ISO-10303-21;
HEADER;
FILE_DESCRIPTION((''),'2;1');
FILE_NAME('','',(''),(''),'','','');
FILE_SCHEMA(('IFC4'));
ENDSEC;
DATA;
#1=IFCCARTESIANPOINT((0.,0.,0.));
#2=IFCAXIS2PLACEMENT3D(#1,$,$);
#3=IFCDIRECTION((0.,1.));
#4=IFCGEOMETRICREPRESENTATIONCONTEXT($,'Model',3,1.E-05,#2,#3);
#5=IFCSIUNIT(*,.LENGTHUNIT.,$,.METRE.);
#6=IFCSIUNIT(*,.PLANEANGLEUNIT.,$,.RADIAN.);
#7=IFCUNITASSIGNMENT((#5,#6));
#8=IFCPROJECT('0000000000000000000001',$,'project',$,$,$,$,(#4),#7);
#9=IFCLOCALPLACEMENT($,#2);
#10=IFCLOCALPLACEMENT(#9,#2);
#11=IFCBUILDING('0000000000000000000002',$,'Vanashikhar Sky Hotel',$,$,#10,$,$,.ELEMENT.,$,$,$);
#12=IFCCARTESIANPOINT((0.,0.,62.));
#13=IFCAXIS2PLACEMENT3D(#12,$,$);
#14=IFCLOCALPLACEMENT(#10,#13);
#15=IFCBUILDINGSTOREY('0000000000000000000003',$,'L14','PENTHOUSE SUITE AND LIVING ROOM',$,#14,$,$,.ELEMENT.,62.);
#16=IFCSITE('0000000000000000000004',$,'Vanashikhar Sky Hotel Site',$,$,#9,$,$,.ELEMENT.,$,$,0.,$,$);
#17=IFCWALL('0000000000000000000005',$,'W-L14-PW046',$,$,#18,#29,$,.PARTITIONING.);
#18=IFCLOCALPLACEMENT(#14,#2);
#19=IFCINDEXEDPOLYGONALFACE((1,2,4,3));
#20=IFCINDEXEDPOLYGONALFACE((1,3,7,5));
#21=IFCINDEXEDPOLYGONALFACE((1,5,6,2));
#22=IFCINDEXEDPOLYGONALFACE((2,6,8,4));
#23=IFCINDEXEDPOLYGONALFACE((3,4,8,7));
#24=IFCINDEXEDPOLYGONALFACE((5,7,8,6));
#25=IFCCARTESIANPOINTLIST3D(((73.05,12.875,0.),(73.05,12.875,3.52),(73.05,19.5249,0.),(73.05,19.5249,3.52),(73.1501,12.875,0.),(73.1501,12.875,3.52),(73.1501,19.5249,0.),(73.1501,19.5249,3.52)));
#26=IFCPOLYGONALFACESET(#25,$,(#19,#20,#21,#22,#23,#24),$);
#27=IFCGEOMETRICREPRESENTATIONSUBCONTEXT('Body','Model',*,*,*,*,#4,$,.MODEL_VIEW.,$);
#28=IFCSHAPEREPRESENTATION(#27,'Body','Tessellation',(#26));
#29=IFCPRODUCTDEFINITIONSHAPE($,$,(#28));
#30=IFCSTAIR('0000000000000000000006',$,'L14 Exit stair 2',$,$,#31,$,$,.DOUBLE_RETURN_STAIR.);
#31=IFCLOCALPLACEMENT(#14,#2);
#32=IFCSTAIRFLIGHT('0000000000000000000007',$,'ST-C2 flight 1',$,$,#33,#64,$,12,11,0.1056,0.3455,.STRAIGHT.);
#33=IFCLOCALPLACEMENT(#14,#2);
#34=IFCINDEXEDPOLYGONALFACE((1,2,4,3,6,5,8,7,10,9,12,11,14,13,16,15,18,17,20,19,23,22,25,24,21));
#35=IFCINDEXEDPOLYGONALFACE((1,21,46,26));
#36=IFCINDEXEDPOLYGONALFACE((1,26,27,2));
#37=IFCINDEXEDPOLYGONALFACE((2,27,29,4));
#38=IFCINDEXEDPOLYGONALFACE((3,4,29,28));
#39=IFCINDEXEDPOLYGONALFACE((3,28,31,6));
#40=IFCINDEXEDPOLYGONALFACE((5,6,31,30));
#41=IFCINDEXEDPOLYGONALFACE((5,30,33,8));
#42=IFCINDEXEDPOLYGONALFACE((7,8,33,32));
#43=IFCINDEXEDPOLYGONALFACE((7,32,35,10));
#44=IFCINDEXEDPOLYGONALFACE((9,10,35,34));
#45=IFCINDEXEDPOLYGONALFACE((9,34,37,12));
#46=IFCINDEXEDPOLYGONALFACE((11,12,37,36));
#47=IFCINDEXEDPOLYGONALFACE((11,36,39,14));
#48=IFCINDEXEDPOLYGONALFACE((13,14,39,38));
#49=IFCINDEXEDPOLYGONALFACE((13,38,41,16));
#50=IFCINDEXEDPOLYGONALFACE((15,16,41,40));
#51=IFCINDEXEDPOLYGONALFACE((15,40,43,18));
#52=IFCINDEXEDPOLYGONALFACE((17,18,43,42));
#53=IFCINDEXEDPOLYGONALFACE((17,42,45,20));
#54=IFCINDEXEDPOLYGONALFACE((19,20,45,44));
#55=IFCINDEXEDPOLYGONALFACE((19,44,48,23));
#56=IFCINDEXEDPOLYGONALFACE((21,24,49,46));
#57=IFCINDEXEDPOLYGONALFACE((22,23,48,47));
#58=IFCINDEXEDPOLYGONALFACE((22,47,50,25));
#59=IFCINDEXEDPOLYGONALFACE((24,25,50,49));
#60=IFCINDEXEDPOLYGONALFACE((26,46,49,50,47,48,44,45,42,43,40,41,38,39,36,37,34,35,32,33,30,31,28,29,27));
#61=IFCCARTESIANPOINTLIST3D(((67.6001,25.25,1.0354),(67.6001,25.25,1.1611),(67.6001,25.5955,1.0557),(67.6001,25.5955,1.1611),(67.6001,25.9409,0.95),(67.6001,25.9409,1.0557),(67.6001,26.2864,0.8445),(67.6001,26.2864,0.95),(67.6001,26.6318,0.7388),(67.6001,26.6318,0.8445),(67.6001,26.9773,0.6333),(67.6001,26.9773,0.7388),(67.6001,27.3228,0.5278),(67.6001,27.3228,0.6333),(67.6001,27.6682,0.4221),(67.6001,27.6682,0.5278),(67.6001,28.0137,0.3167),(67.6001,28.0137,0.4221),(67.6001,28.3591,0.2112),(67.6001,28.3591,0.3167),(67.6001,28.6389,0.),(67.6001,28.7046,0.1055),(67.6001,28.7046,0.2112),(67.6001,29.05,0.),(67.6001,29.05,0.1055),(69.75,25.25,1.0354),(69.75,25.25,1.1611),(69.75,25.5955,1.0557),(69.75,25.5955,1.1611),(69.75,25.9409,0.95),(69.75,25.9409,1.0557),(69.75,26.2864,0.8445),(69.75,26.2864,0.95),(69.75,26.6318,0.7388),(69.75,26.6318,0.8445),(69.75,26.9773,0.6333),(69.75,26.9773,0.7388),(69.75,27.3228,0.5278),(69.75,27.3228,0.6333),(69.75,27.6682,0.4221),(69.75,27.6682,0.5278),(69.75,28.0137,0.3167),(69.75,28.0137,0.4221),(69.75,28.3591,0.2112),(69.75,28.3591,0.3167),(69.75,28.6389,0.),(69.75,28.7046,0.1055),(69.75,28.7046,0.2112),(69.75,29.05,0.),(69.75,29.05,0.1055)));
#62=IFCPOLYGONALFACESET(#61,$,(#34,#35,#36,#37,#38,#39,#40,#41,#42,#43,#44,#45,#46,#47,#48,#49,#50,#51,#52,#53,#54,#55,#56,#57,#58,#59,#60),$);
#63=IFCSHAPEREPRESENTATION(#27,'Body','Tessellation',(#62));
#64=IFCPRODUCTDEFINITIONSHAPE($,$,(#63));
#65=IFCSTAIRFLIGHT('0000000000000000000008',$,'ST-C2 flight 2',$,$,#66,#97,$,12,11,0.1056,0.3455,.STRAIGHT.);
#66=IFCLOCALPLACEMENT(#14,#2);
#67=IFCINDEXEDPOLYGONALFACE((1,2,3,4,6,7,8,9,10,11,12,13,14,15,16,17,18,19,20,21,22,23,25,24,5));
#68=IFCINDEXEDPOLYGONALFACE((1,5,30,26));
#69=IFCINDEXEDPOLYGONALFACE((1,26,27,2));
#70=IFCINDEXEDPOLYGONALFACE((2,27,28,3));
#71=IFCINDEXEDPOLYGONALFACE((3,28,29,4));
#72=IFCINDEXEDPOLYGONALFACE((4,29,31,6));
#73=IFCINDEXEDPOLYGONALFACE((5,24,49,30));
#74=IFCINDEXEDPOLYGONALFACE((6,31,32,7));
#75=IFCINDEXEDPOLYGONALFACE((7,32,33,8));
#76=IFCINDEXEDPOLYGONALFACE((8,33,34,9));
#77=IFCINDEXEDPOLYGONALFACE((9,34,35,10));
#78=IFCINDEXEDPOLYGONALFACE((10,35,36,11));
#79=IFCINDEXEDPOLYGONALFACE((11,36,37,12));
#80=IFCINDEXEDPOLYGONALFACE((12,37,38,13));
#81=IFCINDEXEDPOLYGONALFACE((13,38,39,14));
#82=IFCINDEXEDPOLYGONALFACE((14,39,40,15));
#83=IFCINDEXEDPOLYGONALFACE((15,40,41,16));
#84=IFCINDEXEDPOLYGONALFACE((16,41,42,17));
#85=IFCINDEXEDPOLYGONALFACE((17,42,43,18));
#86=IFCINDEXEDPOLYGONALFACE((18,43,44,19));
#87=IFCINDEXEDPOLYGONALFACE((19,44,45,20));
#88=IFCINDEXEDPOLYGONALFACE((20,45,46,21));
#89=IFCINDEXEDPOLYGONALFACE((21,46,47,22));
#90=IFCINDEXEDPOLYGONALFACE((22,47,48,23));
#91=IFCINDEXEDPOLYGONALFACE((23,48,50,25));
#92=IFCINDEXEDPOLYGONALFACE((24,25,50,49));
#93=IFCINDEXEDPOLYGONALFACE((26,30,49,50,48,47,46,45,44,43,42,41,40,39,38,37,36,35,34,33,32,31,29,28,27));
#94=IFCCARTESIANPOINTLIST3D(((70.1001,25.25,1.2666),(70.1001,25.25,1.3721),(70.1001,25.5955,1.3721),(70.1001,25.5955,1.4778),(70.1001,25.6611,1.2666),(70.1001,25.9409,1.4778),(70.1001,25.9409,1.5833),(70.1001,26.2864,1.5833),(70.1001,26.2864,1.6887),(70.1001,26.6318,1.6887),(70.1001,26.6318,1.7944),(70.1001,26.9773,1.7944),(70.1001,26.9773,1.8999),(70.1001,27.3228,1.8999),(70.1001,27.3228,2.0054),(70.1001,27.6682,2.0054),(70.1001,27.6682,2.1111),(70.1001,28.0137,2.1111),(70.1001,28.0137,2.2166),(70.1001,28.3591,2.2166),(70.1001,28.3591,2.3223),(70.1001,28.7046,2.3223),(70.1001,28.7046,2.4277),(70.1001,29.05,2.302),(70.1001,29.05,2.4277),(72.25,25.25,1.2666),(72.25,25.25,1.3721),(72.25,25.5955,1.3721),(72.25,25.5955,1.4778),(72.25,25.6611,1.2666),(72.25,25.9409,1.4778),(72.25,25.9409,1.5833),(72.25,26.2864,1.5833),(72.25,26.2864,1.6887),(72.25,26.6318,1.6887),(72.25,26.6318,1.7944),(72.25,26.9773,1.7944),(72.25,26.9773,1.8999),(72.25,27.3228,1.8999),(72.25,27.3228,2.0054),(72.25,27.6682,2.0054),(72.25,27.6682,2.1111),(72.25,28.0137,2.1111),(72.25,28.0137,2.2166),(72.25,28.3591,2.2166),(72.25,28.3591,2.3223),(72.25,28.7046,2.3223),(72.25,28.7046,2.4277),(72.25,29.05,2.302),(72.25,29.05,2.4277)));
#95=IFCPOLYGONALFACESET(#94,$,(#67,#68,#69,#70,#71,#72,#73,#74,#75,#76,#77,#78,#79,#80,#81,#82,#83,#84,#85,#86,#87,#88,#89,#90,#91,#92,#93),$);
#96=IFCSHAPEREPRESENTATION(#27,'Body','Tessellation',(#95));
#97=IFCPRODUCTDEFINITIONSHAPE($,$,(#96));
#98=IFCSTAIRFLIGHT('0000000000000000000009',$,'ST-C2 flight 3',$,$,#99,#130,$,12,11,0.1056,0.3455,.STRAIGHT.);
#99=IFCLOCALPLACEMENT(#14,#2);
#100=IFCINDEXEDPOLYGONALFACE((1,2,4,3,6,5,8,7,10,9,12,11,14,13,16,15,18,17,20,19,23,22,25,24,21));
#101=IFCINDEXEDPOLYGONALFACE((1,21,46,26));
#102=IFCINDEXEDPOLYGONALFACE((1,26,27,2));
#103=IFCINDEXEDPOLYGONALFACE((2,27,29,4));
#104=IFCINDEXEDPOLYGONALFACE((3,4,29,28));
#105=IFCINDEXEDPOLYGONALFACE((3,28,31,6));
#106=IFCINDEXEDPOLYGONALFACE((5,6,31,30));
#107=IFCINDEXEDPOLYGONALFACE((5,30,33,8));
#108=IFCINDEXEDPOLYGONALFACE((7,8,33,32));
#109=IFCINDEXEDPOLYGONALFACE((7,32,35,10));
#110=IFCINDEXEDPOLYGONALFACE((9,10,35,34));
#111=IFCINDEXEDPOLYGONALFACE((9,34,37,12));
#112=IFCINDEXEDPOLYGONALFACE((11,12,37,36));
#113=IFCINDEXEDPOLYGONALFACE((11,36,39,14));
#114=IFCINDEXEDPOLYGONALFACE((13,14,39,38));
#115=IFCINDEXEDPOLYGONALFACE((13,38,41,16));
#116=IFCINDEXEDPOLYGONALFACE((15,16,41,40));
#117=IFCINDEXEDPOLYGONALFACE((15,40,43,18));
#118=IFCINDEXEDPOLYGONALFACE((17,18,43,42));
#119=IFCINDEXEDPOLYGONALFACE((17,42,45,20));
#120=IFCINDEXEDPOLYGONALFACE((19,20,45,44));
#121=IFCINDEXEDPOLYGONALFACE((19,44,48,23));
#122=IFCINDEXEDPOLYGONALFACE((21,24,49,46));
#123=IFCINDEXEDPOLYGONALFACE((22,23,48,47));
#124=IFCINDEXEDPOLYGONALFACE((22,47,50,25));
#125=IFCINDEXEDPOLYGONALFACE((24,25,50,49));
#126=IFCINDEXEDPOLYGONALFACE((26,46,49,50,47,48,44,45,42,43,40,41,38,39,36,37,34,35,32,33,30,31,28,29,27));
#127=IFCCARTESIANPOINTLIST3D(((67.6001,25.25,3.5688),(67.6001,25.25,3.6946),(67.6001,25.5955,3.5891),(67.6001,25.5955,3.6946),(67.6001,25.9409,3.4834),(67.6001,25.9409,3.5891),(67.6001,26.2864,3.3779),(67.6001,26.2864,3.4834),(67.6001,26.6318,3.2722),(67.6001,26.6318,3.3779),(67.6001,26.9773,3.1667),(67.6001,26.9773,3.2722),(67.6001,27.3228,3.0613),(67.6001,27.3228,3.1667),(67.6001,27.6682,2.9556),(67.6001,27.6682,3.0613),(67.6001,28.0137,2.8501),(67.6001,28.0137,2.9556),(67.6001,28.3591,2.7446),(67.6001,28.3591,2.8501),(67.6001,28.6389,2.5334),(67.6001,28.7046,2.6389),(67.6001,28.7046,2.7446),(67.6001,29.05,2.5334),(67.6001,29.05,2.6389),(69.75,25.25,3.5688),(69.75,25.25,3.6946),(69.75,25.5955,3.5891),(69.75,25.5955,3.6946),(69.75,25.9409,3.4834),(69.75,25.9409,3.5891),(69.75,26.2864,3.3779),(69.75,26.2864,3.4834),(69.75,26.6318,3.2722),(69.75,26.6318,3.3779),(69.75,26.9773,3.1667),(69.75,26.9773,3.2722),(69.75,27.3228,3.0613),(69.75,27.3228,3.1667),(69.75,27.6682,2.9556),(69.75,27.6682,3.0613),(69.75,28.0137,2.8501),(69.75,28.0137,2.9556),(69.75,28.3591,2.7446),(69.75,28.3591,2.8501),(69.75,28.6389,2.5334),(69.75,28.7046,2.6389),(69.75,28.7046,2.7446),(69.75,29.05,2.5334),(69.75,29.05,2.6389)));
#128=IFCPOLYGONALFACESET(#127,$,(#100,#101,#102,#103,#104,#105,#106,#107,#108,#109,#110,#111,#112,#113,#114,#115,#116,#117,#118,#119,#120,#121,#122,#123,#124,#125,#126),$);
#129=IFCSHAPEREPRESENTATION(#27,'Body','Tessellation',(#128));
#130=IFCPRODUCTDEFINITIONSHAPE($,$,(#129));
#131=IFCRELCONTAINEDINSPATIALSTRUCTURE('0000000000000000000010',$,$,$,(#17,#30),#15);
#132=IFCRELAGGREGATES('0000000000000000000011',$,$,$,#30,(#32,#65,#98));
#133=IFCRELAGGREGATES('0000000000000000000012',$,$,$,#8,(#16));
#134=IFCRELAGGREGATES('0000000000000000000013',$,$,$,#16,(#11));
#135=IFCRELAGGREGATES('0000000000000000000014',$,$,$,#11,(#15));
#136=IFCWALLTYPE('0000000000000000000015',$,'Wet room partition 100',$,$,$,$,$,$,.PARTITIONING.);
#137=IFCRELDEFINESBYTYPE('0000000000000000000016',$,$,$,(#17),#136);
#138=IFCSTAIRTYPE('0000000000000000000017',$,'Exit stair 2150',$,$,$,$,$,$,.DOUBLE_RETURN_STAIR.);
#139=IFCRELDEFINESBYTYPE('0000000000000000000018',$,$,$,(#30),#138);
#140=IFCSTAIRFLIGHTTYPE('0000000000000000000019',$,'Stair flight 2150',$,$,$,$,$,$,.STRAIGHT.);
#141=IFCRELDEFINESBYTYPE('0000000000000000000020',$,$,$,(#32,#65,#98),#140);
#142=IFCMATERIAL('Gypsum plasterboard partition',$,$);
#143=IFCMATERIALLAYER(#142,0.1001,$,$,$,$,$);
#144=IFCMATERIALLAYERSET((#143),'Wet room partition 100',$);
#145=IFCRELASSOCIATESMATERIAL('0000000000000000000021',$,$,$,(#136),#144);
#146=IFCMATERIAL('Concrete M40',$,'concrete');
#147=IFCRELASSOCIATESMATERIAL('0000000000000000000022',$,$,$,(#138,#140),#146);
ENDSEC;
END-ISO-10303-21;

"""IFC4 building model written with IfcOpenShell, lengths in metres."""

from ifc_helpers import new_model, si_unit, direction, frame, frame_2d, origin, place, context, subcontext, project, spatial, polyline, rectangle, outline, extrude, source, transform, mapped, material, layer, layer_set, type_object, element, aggregate, save


model = new_model("IFC4")

# Units and contexts
model_context = context("Model", 3, precision=1e-05, world=origin(), true_north=direction((0.0, 1.0)))
body_context = subcontext(model_context, "Body", "Model", "MODEL_VIEW")
ifc_project = project(units=[si_unit("LENGTHUNIT", "METRE"), si_unit("PLANEANGLEUNIT", "RADIAN")], contexts=[model_context])

# Site, building, storey
site_placement = place(None, origin())
site = spatial("IfcSite", under=ifc_project, at=site_placement, Name="Vanashikhar Sky Hotel Site", CompositionType="ELEMENT", RefElevation=0.0)
building_placement = place(site_placement, origin())
building = spatial("IfcBuilding", under=site, at=building_placement, Name="Vanashikhar Sky Hotel", CompositionType="ELEMENT")
storey_placement = place(building_placement, frame((0.0, 0.0, 62.0)))
storey = spatial("IfcBuildingStorey", under=building, at=storey_placement, Name="L14", Description="PENTHOUSE SUITE AND LIVING ROOM", CompositionType="ELEMENT", Elevation=62.0)

# Shared definitions
ifc_material_1 = material(Name="Concrete M40", Category="concrete")

# Shared definitions
ifc_material_2 = material(Name="Gypsum plasterboard partition")

# Wall
ifc_layer_1 = layer(ifc_material_2, 0.1001)
ifc_layer_set_1 = layer_set([ifc_layer_1], Name="Wet room partition 100")
wall_type_1 = type_object("IfcWallType", Name="Wet room partition 100", PredefinedType="PARTITIONING", material=ifc_layer_set_1)
shared_shape_1 = source(origin(), body_context, "Body", "SweptSolid", [
    extrude(rectangle(XDim=6.6499, YDim=0.1001, at=frame_2d((3.325, 0.0))), origin(), (0.0, 0.0, 1.0), 3.52),
])
wall_1_placement = place(storey_placement, frame((73.1001, 12.875, 0.0), z_axis=(0.0, 0.0, 1.0), x_axis=(0.0, 1.0, 0.0)))
element("IfcWall", 1, at=wall_1_placement, inside=storey, type_object=wall_type_1, Name="W-L14-PW046", PredefinedType="PARTITIONING", context=body_context, shape_type="MappedRepresentation", body=[
    mapped(shared_shape_1, transform((0.0, 0.0, 0.0), scale=1.0)),
])

# Stair, stair flights
stair_type = type_object("IfcStairType", Name="Exit stair 2150", PredefinedType="DOUBLE_RETURN_STAIR", material=ifc_material_1)
stair_placement = place(storey_placement, origin())
stair = element("IfcStair", 2, at=stair_placement, inside=storey, type_object=stair_type, Name="L14 Exit stair 2", PredefinedType="DOUBLE_RETURN_STAIR")
stair_flight_type = type_object("IfcStairFlightType", Name="Stair flight 2150", PredefinedType="STRAIGHT", material=ifc_material_1)
shared_shape_2 = source(origin(), body_context, "Body", "SweptSolid", [
    extrude(outline(polyline([(0.0, 0.0), (0.0, 0.1055), (0.3455, 0.1055), (0.3455, 0.2112), (0.6909, 0.2112), (0.6909, 0.3167), (1.0364, 0.3167), (1.0364, 0.4221), (1.3818, 0.4221), (1.3818, 0.5278), (1.7273, 0.5278), (1.7273, 0.6333), (2.0728, 0.6333), (2.0728, 0.7388), (2.4182, 0.7388), (2.4182, 0.8445), (2.7637, 0.8445), (2.7637, 0.95), (3.1091, 0.95), (3.1091, 1.0557), (3.4546, 1.0557), (3.4546, 1.1611), (3.8, 1.1611), (3.8, 1.2666), (3.8, 1.0354), (0.4111, 0.0), (0.0, 0.0)])), frame((0.0, 1.075, 0.0), z_axis=(0.0, -1.0, 0.0), x_axis=(1.0, 0.0, 0.0)), (0.0, 0.0, 1.0), 2.1499),
])
stair_flight_1_placement = place(storey_placement, frame((68.675, 29.05, 0.0), z_axis=(0.0, 0.0, 1.0), x_axis=(0.0, -1.0, 0.0)))
stair_flight_1 = element("IfcStairFlight", 3, at=stair_flight_1_placement, type_object=stair_flight_type, Name="ST-C2 flight 1", NumberOfRisers=12, NumberOfTreads=11, PredefinedType="STRAIGHT", RiserHeight=0.1056, TreadLength=0.3455, context=body_context, shape_type="MappedRepresentation", body=[
    mapped(shared_shape_2, transform((0.0, 0.0, 0.0), scale=1.0)),
])
stair_flight_2_placement = place(storey_placement, frame((71.175, 25.25, 1.2666), z_axis=(0.0, 0.0, 1.0), x_axis=(0.0, 1.0, 0.0)))
stair_flight_2 = element("IfcStairFlight", 4, at=stair_flight_2_placement, type_object=stair_flight_type, Name="ST-C2 flight 2", NumberOfRisers=12, NumberOfTreads=11, PredefinedType="STRAIGHT", RiserHeight=0.1056, TreadLength=0.3455, context=body_context, shape_type="MappedRepresentation", body=[
    mapped(shared_shape_2, transform((0.0, 0.0, 0.0), scale=1.0)),
])
stair_flight_3_placement = place(storey_placement, frame((68.675, 29.05, 2.5334), z_axis=(0.0, 0.0, 1.0), x_axis=(0.0, -1.0, 0.0)))
stair_flight_3 = element("IfcStairFlight", 5, at=stair_flight_3_placement, type_object=stair_flight_type, Name="ST-C2 flight 3", NumberOfRisers=12, NumberOfTreads=11, PredefinedType="STRAIGHT", RiserHeight=0.1056, TreadLength=0.3455, context=body_context, shape_type="MappedRepresentation", body=[
    mapped(shared_shape_2, transform((0.0, 0.0, 0.0), scale=1.0)),
])
aggregate(stair, [stair_flight_1, stair_flight_2, stair_flight_3])

save(model, "model.ifc")
